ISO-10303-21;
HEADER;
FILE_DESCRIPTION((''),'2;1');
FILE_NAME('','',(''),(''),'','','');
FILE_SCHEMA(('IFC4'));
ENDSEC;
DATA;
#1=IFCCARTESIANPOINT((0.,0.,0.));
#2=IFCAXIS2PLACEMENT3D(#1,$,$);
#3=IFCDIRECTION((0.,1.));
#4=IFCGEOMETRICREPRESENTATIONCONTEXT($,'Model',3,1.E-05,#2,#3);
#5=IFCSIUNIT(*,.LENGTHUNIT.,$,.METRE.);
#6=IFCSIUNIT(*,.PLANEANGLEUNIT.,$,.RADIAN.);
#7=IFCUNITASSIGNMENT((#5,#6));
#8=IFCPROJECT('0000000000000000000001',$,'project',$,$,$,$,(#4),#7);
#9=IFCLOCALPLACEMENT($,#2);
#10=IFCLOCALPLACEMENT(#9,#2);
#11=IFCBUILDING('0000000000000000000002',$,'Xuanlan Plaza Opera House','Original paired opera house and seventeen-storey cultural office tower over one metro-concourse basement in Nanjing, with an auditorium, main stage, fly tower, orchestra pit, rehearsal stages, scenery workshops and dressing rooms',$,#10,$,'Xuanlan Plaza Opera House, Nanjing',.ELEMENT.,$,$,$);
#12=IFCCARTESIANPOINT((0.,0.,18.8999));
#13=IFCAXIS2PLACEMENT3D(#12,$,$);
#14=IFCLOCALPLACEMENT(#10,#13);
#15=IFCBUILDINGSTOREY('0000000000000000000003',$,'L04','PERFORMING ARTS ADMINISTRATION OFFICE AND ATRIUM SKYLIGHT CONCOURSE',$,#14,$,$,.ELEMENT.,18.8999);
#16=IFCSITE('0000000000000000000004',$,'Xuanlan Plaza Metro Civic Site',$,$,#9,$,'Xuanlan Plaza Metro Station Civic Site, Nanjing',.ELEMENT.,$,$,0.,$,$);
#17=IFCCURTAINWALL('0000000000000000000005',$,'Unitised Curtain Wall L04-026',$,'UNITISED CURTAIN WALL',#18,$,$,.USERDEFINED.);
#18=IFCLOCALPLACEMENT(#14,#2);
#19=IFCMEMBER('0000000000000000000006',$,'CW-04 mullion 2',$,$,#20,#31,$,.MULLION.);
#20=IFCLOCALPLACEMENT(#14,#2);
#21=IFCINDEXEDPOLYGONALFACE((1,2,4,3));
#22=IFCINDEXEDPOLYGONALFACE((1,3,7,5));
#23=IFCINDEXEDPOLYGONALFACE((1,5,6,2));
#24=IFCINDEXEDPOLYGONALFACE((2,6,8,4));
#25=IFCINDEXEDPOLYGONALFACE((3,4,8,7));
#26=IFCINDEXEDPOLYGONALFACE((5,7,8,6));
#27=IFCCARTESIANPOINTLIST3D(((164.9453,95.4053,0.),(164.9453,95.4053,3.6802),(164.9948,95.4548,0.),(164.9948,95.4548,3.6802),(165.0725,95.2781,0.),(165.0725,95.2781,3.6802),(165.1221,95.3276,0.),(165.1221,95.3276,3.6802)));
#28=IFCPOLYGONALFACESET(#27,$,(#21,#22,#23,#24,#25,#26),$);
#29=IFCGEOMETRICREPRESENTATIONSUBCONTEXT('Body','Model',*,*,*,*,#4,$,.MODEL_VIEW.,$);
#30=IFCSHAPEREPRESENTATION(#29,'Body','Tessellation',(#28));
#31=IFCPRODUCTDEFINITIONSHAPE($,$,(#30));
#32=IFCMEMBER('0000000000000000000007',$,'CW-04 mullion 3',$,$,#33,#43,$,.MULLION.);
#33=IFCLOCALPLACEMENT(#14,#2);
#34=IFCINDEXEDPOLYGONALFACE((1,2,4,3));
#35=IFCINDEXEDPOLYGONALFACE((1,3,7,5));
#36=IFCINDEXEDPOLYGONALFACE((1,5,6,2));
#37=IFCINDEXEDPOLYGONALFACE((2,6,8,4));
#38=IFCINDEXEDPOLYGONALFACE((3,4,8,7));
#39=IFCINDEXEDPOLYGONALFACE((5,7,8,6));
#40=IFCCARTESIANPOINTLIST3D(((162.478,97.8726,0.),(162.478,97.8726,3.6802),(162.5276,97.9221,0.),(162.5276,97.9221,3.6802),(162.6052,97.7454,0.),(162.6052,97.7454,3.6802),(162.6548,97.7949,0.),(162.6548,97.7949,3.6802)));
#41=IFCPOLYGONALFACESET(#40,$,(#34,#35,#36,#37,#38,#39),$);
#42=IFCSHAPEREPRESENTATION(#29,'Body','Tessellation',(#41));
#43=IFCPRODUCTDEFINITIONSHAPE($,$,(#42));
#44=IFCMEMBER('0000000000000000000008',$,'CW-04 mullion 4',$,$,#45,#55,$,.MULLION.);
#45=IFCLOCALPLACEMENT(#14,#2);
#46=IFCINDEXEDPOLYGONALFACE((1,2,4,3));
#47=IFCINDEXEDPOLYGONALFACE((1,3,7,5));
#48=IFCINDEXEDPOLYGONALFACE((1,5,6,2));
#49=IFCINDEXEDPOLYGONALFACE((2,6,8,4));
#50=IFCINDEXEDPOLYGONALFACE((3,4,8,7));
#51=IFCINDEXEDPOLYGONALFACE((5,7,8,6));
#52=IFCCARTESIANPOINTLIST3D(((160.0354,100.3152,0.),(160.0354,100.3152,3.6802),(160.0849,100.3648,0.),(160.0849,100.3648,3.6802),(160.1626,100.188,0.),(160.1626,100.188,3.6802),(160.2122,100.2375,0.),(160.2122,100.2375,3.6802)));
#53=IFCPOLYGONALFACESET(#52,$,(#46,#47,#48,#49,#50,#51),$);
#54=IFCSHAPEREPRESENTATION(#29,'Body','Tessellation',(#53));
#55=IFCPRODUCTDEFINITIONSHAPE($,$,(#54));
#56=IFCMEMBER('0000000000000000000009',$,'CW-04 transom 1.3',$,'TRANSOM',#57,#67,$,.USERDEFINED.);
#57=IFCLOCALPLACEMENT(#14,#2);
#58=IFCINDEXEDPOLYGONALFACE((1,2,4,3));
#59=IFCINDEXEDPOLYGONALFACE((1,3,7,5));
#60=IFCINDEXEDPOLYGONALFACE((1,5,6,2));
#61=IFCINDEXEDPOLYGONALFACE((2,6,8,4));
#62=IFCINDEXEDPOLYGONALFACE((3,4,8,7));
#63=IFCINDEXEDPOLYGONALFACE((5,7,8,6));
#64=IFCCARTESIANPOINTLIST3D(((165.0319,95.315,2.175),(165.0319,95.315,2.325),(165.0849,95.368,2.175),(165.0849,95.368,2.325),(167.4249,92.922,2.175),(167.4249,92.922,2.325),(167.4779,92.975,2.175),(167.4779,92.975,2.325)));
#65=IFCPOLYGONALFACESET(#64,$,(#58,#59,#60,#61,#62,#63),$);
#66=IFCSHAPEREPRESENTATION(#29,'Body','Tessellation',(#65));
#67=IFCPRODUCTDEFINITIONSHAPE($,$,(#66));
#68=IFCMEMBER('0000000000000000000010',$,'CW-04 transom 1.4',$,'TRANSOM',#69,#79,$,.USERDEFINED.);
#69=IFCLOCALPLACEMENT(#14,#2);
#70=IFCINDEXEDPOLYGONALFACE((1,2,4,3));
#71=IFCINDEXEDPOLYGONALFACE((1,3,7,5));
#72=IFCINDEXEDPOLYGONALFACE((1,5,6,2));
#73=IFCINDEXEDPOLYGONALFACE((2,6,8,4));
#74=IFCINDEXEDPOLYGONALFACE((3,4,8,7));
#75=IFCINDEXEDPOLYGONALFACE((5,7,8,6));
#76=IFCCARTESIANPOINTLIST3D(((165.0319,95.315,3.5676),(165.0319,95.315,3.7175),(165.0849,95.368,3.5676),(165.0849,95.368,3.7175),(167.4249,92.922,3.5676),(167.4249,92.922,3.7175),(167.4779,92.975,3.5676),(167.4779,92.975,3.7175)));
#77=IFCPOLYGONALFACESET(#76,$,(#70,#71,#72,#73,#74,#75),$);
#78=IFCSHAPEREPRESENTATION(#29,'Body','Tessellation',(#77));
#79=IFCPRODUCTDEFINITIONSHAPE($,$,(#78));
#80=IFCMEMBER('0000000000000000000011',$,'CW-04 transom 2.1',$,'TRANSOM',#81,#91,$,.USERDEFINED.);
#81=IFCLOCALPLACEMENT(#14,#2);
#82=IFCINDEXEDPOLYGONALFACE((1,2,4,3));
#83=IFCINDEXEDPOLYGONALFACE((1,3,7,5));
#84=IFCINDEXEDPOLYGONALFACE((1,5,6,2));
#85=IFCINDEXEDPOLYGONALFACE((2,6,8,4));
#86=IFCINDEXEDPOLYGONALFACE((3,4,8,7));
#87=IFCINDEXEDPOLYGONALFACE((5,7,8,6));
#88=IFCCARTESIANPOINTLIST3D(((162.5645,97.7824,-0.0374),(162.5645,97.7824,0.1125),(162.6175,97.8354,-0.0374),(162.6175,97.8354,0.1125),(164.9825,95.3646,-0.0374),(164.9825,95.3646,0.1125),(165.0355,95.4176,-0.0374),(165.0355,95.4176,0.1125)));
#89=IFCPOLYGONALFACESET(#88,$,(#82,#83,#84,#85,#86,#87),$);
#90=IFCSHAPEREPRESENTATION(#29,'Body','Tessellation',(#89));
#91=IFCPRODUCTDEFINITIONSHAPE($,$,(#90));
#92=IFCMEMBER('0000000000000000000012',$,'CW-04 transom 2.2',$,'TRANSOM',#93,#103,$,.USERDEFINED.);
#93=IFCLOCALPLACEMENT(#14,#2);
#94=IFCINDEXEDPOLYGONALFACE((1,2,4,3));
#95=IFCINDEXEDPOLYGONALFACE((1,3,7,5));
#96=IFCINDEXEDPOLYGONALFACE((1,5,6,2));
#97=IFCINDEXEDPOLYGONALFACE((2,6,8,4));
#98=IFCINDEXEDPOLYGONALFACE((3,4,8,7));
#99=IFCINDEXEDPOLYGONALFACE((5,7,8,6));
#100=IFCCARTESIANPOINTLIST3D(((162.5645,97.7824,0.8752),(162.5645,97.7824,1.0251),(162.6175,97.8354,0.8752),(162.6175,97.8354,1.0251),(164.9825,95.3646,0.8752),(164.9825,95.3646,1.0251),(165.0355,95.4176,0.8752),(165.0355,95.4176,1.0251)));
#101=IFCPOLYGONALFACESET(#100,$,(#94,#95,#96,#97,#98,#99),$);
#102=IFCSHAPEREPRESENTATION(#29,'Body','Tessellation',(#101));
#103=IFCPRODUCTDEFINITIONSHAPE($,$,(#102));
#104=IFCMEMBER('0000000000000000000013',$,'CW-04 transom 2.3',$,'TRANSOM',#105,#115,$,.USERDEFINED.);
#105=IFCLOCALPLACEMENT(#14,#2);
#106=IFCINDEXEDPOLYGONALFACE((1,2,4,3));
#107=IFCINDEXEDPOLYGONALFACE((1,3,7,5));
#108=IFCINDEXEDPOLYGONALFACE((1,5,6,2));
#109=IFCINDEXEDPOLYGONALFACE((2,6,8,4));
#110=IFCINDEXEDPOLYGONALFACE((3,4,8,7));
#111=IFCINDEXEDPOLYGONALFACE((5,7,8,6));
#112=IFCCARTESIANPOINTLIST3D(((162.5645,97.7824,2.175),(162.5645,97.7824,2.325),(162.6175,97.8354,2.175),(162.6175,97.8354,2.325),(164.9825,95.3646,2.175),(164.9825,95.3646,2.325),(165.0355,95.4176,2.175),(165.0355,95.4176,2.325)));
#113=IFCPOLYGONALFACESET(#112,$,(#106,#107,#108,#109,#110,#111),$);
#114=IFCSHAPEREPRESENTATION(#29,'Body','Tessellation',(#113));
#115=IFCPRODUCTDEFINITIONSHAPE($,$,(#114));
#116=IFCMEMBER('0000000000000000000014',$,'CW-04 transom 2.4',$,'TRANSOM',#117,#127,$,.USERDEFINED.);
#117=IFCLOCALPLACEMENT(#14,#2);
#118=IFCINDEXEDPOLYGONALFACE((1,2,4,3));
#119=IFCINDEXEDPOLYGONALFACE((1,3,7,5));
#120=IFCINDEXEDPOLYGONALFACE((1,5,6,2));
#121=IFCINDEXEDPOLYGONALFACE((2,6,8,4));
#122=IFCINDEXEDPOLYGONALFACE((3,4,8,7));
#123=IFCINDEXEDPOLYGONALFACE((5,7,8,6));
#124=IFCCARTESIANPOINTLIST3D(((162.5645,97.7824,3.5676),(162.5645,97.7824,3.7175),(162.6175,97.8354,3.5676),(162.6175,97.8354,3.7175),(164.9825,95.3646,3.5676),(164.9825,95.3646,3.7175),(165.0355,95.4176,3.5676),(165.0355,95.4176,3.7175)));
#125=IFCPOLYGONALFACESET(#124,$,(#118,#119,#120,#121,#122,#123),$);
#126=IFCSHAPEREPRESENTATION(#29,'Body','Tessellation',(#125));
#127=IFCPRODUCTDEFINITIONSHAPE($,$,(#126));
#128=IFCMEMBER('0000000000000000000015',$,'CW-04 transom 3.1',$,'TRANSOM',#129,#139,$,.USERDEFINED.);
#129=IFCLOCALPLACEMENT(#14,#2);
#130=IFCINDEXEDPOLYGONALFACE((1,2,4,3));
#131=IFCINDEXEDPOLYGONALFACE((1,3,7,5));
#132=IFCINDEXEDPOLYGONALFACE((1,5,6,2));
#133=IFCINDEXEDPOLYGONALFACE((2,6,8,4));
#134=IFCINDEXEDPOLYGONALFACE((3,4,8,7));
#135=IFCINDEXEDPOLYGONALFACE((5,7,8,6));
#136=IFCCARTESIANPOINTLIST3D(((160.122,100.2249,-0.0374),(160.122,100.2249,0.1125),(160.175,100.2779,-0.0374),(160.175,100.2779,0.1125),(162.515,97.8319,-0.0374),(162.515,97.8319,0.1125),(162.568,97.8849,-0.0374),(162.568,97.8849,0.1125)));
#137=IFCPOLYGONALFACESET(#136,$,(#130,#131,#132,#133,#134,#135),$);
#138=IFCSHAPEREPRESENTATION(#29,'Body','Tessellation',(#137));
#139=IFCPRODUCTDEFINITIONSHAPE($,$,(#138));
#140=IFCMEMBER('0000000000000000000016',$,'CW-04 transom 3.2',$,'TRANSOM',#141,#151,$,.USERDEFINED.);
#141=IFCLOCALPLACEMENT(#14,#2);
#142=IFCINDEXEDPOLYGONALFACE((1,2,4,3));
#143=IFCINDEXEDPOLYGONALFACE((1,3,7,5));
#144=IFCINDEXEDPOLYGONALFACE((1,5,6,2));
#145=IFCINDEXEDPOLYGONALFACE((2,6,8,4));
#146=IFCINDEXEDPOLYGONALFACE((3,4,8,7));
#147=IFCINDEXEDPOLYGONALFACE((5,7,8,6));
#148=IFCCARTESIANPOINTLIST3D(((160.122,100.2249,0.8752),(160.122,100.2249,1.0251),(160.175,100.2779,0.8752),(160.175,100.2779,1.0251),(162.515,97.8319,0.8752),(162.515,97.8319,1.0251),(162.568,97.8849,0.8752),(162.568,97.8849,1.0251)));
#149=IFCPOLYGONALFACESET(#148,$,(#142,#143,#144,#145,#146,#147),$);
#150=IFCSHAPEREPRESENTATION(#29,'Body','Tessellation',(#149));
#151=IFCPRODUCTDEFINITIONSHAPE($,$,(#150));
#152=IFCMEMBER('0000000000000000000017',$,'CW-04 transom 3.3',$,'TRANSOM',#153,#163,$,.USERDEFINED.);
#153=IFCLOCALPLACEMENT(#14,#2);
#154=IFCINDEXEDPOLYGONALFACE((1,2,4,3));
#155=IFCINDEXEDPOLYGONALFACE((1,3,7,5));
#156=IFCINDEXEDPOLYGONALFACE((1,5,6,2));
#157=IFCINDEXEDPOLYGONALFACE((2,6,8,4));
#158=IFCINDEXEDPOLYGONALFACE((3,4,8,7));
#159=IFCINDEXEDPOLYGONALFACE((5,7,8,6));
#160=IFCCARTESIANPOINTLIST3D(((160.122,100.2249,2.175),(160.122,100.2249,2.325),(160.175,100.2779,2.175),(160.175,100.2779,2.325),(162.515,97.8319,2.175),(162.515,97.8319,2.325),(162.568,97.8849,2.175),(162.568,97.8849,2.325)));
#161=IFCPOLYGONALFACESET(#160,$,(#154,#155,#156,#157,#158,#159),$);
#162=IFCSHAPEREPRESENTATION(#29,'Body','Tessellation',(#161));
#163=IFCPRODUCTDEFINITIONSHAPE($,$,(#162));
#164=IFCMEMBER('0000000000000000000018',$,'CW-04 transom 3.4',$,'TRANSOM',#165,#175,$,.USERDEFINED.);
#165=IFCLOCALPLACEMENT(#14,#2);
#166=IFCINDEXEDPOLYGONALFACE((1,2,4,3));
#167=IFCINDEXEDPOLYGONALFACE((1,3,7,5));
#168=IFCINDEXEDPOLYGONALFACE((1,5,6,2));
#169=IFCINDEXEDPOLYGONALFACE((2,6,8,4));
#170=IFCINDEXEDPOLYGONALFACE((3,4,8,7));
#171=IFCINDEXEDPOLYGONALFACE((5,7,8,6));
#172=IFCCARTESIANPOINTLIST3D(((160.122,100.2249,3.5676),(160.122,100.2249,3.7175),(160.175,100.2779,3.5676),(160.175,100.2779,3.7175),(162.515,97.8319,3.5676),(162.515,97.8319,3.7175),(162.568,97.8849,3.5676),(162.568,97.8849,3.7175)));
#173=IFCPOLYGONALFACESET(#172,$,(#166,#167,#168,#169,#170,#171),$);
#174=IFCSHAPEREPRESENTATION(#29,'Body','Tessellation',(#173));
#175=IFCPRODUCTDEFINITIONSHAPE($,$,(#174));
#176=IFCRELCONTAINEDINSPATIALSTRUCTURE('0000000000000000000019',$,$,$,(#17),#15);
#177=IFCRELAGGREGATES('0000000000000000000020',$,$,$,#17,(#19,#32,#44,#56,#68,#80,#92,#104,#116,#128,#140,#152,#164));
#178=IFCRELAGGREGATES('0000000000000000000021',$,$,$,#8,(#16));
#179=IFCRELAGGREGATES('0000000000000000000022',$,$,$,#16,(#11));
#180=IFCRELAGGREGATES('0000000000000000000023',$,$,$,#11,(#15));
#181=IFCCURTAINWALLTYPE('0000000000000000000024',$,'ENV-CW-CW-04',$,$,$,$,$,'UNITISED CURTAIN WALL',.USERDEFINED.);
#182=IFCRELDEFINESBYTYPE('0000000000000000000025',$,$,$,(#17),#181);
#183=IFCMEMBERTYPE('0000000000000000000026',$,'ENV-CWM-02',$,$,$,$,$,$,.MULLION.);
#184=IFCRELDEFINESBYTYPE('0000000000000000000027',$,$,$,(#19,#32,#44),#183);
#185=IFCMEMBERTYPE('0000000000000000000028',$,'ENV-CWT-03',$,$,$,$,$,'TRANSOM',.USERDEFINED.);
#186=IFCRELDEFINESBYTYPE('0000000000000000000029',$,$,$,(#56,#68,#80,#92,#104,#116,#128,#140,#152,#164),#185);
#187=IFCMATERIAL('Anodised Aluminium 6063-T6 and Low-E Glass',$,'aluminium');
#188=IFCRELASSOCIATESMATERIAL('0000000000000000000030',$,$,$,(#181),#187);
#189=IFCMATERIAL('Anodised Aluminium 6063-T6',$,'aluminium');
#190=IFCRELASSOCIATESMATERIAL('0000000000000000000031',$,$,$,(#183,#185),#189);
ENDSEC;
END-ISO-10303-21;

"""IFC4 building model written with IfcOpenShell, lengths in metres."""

from ifc_helpers import new_model, si_unit, direction, frame, origin, origin_2d, place, context, subcontext, project, spatial, rectangle, extrude, material, material_profile, profile_set, type_object, element, aggregate, save


model = new_model("IFC4")

# Units and contexts
model_context = context("Model", 3, precision=1e-05, world=origin(), true_north=direction((0.0, 1.0)))
body_context = subcontext(model_context, "Body", "Model", "MODEL_VIEW")
ifc_project = project(units=[si_unit("LENGTHUNIT", "METRE"), si_unit("PLANEANGLEUNIT", "RADIAN")], contexts=[model_context])

# Site, building, storey
site_placement = place(None, origin())
site = spatial("IfcSite", under=ifc_project, at=site_placement, Name="Xuanlan Plaza Metro Civic Site", LongName="Xuanlan Plaza Metro Station Civic Site, Nanjing", CompositionType="ELEMENT", RefElevation=0.0)
building_placement = place(site_placement, origin())
building = spatial("IfcBuilding", under=site, at=building_placement, Name="Xuanlan Plaza Opera House", Description="Original paired opera house and seventeen-storey cultural office tower over one metro-concourse basement in Nanjing, with an auditorium, main stage, fly tower, orchestra pit, rehearsal stages, scenery workshops and dressing rooms", LongName="Xuanlan Plaza Opera House, Nanjing", CompositionType="ELEMENT")
storey_placement = place(building_placement, frame((0.0, 0.0, 18.8999)))
storey = spatial("IfcBuildingStorey", under=building, at=storey_placement, Name="L04", Description="PERFORMING ARTS ADMINISTRATION OFFICE AND ATRIUM SKYLIGHT CONCOURSE", CompositionType="ELEMENT", Elevation=18.8999)

# Curtain wall, members
ifc_material_1 = material(Name="Anodised Aluminium 6063-T6 and Low-E Glass", Category="aluminium")
curtain_wall_type = type_object("IfcCurtainWallType", Name="ENV-CW-CW-04", ElementType="UNITISED CURTAIN WALL", PredefinedType="USERDEFINED", material=ifc_material_1)
curtain_wall_placement = place(storey_placement, origin())
curtain_wall = element("IfcCurtainWall", 1, at=curtain_wall_placement, inside=storey, type_object=curtain_wall_type, Name="Unitised Curtain Wall L04-026", ObjectType="UNITISED CURTAIN WALL", PredefinedType="USERDEFINED")
ifc_material_2 = material(Name="Anodised Aluminium 6063-T6", Category="aluminium")
ifc_material_profile_1 = material_profile(ifc_material_2, rectangle(XDim=0.0701, YDim=0.1799, at=origin_2d()), Name="ALU-M 70x180")
ifc_profile_set_1 = profile_set([ifc_material_profile_1], Name="Anodised Aluminium 6063-T6")
member_type_1 = type_object("IfcMemberType", Name="ENV-CWM-02", PredefinedType="MULLION", material=ifc_profile_set_1)
member_1_placement = place(storey_placement, frame((165.0337, 95.3665, 0.0), z_axis=(0.0, 0.0, 1.0), x_axis=(-0.707107, -0.707107, 0.0)))
member_1 = element("IfcMember", 2, at=member_1_placement, type_object=member_type_1, Name="CW-04 mullion 2", PredefinedType="MULLION", context=body_context, shape_type="SweptSolid", body=[
    extrude(rectangle(XDim=0.0701, YDim=0.1799, at=origin_2d()), origin(), (0.0, 0.0, 1.0), 3.6802),
])
member_2_placement = place(storey_placement, frame((162.5664, 97.8337, 0.0), z_axis=(0.0, 0.0, 1.0), x_axis=(-0.707107, -0.707107, 0.0)))
member_2 = element("IfcMember", 3, at=member_2_placement, type_object=member_type_1, Name="CW-04 mullion 3", PredefinedType="MULLION", context=body_context, shape_type="SweptSolid", body=[
    extrude(rectangle(XDim=0.0701, YDim=0.1799, at=origin_2d()), origin(), (0.0, 0.0, 1.0), 3.6802),
])
member_3_placement = place(storey_placement, frame((160.1238, 100.2764, 0.0), z_axis=(0.0, 0.0, 1.0), x_axis=(-0.707107, -0.707107, 0.0)))
member_3 = element("IfcMember", 4, at=member_3_placement, type_object=member_type_1, Name="CW-04 mullion 4", PredefinedType="MULLION", context=body_context, shape_type="SweptSolid", body=[
    extrude(rectangle(XDim=0.0701, YDim=0.1799, at=origin_2d()), origin(), (0.0, 0.0, 1.0), 3.6802),
])
ifc_material_profile_2 = material_profile(ifc_material_2, rectangle(XDim=0.075, YDim=0.1499, at=origin_2d()), Name="ALU-T 75x150")
ifc_profile_set_2 = profile_set([ifc_material_profile_2], Name="Anodised Aluminium 6063-T6")
member_type_2 = type_object("IfcMemberType", Name="ENV-CWT-03", ElementType="TRANSOM", PredefinedType="USERDEFINED", material=ifc_profile_set_2)
member_4_placement = place(storey_placement, frame((167.4514, 92.9485, 2.25), z_axis=(-0.707107, 0.707107, 0.0), x_axis=(-0.707107, -0.707107, 0.0)))
member_4 = element("IfcMember", 5, at=member_4_placement, type_object=member_type_2, Name="CW-04 transom 1.3", ObjectType="TRANSOM", PredefinedType="USERDEFINED", context=body_context, shape_type="SweptSolid", body=[
    extrude(rectangle(XDim=0.075, YDim=0.1499, at=origin_2d()), origin(), (0.0, 0.0, 1.0), 3.3843),
])
member_5_placement = place(storey_placement, frame((167.4514, 92.9485, 3.6426), z_axis=(-0.707107, 0.707107, 0.0), x_axis=(-0.707107, -0.707107, 0.0)))
member_5 = element("IfcMember", 6, at=member_5_placement, type_object=member_type_2, Name="CW-04 transom 1.4", ObjectType="TRANSOM", PredefinedType="USERDEFINED", context=body_context, shape_type="SweptSolid", body=[
    extrude(rectangle(XDim=0.075, YDim=0.1499, at=origin_2d()), origin(), (0.0, 0.0, 1.0), 3.3843),
])
member_6_placement = place(storey_placement, frame((165.009, 95.3911, 0.0376), z_axis=(-0.707142, 0.707071, 0.0), x_axis=(-0.707071, -0.707142, 0.0)))
member_6 = element("IfcMember", 7, at=member_6_placement, type_object=member_type_2, Name="CW-04 transom 2.1", ObjectType="TRANSOM", PredefinedType="USERDEFINED", context=body_context, shape_type="SweptSolid", body=[
    extrude(rectangle(XDim=0.075, YDim=0.1499, at=origin_2d()), origin(), (0.0, 0.0, 1.0), 3.4194),
])
member_7_placement = place(storey_placement, frame((165.009, 95.3911, 0.9502), z_axis=(-0.707142, 0.707071, 0.0), x_axis=(-0.707071, -0.707142, 0.0)))
member_7 = element("IfcMember", 8, at=member_7_placement, type_object=member_type_2, Name="CW-04 transom 2.2", ObjectType="TRANSOM", PredefinedType="USERDEFINED", context=body_context, shape_type="SweptSolid", body=[
    extrude(rectangle(XDim=0.075, YDim=0.1499, at=origin_2d()), origin(), (0.0, 0.0, 1.0), 3.4194),
])
member_8_placement = place(storey_placement, frame((165.009, 95.3911, 2.25), z_axis=(-0.707142, 0.707071, 0.0), x_axis=(-0.707071, -0.707142, 0.0)))
member_8 = element("IfcMember", 9, at=member_8_placement, type_object=member_type_2, Name="CW-04 transom 2.3", ObjectType="TRANSOM", PredefinedType="USERDEFINED", context=body_context, shape_type="SweptSolid", body=[
    extrude(rectangle(XDim=0.075, YDim=0.1499, at=origin_2d()), origin(), (0.0, 0.0, 1.0), 3.4194),
])
member_9_placement = place(storey_placement, frame((165.009, 95.3911, 3.6426), z_axis=(-0.707142, 0.707071, 0.0), x_axis=(-0.707071, -0.707142, 0.0)))
member_9 = element("IfcMember", 10, at=member_9_placement, type_object=member_type_2, Name="CW-04 transom 2.4", ObjectType="TRANSOM", PredefinedType="USERDEFINED", context=body_context, shape_type="SweptSolid", body=[
    extrude(rectangle(XDim=0.075, YDim=0.1499, at=origin_2d()), origin(), (0.0, 0.0, 1.0), 3.4194),
])
member_10_placement = place(storey_placement, frame((162.5415, 97.8584, 0.0376), z_axis=(-0.707107, 0.707107, 0.0), x_axis=(-0.707107, -0.707107, 0.0)))
member_10 = element("IfcMember", 11, at=member_10_placement, type_object=member_type_2, Name="CW-04 transom 3.1", ObjectType="TRANSOM", PredefinedType="USERDEFINED", context=body_context, shape_type="SweptSolid", body=[
    extrude(rectangle(XDim=0.075, YDim=0.1499, at=origin_2d()), origin(), (0.0, 0.0, 1.0), 3.3843),
])
member_11_placement = place(storey_placement, frame((162.5415, 97.8584, 0.9502), z_axis=(-0.707107, 0.707107, 0.0), x_axis=(-0.707107, -0.707107, 0.0)))
member_11 = element("IfcMember", 12, at=member_11_placement, type_object=member_type_2, Name="CW-04 transom 3.2", ObjectType="TRANSOM", PredefinedType="USERDEFINED", context=body_context, shape_type="SweptSolid", body=[
    extrude(rectangle(XDim=0.075, YDim=0.1499, at=origin_2d()), origin(), (0.0, 0.0, 1.0), 3.3843),
])
member_12_placement = place(storey_placement, frame((162.5415, 97.8584, 2.25), z_axis=(-0.707107, 0.707107, 0.0), x_axis=(-0.707107, -0.707107, 0.0)))
member_12 = element("IfcMember", 13, at=member_12_placement, type_object=member_type_2, Name="CW-04 transom 3.3", ObjectType="TRANSOM", PredefinedType="USERDEFINED", context=body_context, shape_type="SweptSolid", body=[
    extrude(rectangle(XDim=0.075, YDim=0.1499, at=origin_2d()), origin(), (0.0, 0.0, 1.0), 3.3843),
])
member_13_placement = place(storey_placement, frame((162.5415, 97.8584, 3.6426), z_axis=(-0.707107, 0.707107, 0.0), x_axis=(-0.707107, -0.707107, 0.0)))
member_13 = element("IfcMember", 14, at=member_13_placement, type_object=member_type_2, Name="CW-04 transom 3.4", ObjectType="TRANSOM", PredefinedType="USERDEFINED", context=body_context, shape_type="SweptSolid", body=[
    extrude(rectangle(XDim=0.075, YDim=0.1499, at=origin_2d()), origin(), (0.0, 0.0, 1.0), 3.3843),
])

aggregate(curtain_wall, [member_1, member_2, member_3, member_4, member_5, member_6, member_7, member_8, member_9, member_10, member_11, member_12, member_13])

save(model, "model.ifc")
